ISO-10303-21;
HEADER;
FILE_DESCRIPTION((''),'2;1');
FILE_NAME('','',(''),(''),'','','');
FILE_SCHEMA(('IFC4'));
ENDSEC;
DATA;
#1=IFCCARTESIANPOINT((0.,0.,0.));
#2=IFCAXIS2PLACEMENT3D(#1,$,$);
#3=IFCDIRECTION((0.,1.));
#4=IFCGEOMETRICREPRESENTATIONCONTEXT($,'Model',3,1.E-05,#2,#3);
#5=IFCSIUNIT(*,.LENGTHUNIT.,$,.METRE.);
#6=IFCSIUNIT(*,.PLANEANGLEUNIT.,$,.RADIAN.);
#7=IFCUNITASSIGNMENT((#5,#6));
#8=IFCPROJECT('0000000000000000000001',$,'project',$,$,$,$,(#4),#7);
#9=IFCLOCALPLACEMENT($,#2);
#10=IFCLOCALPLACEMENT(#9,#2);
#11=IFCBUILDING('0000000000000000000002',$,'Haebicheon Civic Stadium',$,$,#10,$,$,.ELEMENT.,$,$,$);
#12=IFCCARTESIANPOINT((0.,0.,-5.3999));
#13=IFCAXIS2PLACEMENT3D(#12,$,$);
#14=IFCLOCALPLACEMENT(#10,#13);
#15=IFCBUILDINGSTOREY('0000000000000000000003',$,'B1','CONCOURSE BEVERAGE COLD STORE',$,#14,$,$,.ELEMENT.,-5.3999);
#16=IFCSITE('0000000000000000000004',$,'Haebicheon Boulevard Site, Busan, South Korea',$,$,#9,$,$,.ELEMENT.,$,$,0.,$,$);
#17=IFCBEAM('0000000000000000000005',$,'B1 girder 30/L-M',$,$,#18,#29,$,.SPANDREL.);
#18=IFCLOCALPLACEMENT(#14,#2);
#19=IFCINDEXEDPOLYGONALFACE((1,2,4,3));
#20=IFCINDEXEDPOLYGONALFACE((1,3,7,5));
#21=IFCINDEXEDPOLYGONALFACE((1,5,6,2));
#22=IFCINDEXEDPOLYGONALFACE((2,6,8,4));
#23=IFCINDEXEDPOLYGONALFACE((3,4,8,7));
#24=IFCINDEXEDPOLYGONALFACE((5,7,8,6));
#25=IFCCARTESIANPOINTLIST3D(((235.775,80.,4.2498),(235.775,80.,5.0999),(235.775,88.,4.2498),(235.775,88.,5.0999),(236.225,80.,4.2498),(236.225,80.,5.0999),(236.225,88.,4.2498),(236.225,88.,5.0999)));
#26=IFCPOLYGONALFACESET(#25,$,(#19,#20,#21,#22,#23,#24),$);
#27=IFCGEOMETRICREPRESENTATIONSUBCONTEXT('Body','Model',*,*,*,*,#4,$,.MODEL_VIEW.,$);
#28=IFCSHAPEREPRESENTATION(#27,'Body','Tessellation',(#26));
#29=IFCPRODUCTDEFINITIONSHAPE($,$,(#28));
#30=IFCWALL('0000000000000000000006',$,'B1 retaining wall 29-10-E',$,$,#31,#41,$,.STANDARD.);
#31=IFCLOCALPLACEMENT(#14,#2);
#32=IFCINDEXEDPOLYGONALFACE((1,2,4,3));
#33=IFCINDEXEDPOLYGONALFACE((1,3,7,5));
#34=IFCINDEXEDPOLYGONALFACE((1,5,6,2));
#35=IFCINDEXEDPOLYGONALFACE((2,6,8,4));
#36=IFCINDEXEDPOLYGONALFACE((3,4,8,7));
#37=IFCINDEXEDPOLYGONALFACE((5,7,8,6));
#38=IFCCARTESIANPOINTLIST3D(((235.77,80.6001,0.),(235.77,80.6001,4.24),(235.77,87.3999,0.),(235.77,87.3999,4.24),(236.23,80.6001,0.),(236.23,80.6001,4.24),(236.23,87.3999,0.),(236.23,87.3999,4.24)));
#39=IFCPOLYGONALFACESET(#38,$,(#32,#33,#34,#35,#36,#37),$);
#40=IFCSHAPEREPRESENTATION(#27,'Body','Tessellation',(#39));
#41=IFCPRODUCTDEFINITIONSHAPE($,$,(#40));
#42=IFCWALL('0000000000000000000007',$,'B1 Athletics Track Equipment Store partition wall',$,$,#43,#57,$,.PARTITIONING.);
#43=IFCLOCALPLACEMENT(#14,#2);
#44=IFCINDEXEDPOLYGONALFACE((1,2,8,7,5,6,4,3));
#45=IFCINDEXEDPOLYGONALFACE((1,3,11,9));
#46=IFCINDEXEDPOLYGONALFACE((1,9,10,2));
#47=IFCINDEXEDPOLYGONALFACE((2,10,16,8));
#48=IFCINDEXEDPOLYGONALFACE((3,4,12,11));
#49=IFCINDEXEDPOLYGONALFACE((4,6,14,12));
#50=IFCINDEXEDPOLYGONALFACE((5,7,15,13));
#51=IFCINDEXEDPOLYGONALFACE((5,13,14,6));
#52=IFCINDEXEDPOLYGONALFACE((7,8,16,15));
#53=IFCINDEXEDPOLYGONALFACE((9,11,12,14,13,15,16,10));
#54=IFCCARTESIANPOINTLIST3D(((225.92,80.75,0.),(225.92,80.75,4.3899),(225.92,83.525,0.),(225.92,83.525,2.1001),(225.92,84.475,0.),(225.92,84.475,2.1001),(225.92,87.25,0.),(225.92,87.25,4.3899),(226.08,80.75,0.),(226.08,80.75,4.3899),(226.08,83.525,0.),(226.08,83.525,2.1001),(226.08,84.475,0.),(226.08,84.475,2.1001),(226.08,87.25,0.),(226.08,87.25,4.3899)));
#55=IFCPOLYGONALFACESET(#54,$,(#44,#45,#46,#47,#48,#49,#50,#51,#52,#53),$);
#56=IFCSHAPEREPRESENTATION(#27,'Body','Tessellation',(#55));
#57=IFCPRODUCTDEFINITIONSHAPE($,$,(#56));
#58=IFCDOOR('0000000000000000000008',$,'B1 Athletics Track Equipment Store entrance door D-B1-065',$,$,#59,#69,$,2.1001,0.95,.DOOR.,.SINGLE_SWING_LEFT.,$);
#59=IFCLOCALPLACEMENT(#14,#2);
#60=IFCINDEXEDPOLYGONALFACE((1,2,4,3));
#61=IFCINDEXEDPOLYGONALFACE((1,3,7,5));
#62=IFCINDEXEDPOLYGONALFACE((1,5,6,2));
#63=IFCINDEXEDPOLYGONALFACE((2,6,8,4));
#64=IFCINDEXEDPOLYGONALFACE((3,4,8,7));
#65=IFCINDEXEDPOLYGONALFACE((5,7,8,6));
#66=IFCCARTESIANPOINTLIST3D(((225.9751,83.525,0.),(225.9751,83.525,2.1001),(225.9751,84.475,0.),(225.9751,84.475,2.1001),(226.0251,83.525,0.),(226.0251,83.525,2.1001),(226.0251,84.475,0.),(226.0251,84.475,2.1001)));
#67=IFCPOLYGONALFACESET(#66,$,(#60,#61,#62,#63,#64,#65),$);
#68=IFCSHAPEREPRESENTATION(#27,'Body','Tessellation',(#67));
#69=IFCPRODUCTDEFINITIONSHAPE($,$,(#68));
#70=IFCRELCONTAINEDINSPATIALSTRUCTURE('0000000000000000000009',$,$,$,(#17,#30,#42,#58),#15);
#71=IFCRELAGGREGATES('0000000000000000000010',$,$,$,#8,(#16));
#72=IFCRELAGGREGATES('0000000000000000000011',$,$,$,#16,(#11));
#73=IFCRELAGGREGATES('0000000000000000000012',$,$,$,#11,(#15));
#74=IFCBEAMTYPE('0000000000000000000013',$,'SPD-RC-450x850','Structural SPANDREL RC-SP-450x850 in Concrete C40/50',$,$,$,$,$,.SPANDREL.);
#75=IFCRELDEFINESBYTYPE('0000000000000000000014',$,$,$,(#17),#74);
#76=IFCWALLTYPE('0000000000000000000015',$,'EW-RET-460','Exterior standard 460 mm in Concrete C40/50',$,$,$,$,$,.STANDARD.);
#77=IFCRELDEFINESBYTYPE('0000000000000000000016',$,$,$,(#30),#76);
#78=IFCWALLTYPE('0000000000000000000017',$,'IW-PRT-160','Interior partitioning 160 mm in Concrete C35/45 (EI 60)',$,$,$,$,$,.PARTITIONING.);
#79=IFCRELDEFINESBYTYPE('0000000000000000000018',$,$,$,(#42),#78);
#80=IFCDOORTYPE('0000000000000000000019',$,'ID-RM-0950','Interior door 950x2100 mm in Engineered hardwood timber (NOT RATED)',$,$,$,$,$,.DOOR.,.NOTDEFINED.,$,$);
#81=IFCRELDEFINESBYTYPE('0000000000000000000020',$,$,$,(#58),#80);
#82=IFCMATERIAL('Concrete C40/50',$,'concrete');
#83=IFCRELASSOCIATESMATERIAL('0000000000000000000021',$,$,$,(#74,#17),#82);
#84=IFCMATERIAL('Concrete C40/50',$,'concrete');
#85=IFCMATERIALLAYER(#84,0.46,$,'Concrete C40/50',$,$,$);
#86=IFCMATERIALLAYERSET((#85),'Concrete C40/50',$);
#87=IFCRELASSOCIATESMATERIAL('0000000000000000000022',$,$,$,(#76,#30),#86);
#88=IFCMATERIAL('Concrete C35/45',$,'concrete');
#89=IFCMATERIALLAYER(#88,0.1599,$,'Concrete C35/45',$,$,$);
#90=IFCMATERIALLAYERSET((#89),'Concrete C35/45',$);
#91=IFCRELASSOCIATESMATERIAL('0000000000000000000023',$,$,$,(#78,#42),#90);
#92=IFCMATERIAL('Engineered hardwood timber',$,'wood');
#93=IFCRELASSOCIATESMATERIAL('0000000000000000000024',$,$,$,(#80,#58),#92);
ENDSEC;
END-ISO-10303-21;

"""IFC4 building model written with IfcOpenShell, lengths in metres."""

from ifc_helpers import new_model, si_unit, direction, frame, frame_2d, origin, origin_2d, place, context, subcontext, project, spatial, rectangle, extrude, material, layer, layer_set, material_profile, profile_set, type_object, element, fill, save


model = new_model("IFC4")

# Units and contexts
model_context = context("Model", 3, precision=1e-05, world=origin(), true_north=direction((0.0, 1.0)))
body_context = subcontext(model_context, "Body", "Model", "MODEL_VIEW")
ifc_project = project(units=[si_unit("LENGTHUNIT", "METRE"), si_unit("PLANEANGLEUNIT", "RADIAN")], contexts=[model_context])

# Site, building, storey
site_placement = place(None, origin())
site = spatial("IfcSite", under=ifc_project, at=site_placement, Name="Haebicheon Boulevard Site, Busan, South Korea", CompositionType="ELEMENT", RefElevation=0.0)
building_placement = place(site_placement, origin())
building = spatial("IfcBuilding", under=site, at=building_placement, Name="Haebicheon Civic Stadium", CompositionType="ELEMENT")
storey_placement = place(building_placement, frame((0.0, 0.0, -5.3999)))
storey = spatial("IfcBuildingStorey", under=building, at=storey_placement, Name="B1", Description="CONCOURSE BEVERAGE COLD STORE", CompositionType="ELEMENT", Elevation=-5.3999)

# Beam
ifc_material_1 = material(Name="Concrete C40/50", Category="concrete")
ifc_material_profile_1 = material_profile(ifc_material_1, rectangle(XDim=0.45, YDim=0.8501, at=origin_2d()), Name="RC-SP-450x850")
ifc_profile_set_1 = profile_set([ifc_material_profile_1], Name="Concrete C40/50")
beam_type_1 = type_object("IfcBeamType", Name="SPD-RC-450x850", Description="Structural SPANDREL RC-SP-450x850 in Concrete C40/50", PredefinedType="SPANDREL", material=ifc_profile_set_1)
beam_1_placement = place(storey_placement, frame((236.0, 80.0, 4.6748), z_axis=(0.0, 1.0, 0.0), x_axis=(-1.0, 0.0, 0.0)))
element("IfcBeam", 1, at=beam_1_placement, inside=storey, type_object=beam_type_1, material=ifc_profile_set_1, Name="B1 girder 30/L-M", PredefinedType="SPANDREL", context=body_context, shape_type="SweptSolid", body=[
    extrude(rectangle(XDim=0.45, YDim=0.8501, at=origin_2d()), origin(), (0.0, 0.0, 1.0), 8.0),
])

# Wall
ifc_material_2 = material(Name="Concrete C40/50", Category="concrete")
ifc_layer_1 = layer(ifc_material_2, 0.46, Name="Concrete C40/50")
ifc_layer_set_1 = layer_set([ifc_layer_1], Name="Concrete C40/50")
wall_type_1 = type_object("IfcWallType", Name="EW-RET-460", Description="Exterior standard 460 mm in Concrete C40/50", PredefinedType="STANDARD", material=ifc_layer_set_1)
wall_1_placement = place(storey_placement, frame((236.0, 80.6001, 0.0), z_axis=(0.0, 0.0, 1.0), x_axis=(0.0, 1.0, 0.0)))
element("IfcWall", 2, at=wall_1_placement, inside=storey, type_object=wall_type_1, material=ifc_layer_set_1, Name="B1 retaining wall 29-10-E", PredefinedType="STANDARD", context=body_context, shape_type="SweptSolid", body=[
    extrude(rectangle(XDim=6.7998, YDim=0.46, at=frame_2d((3.3999, 0.0))), origin(), (0.0, 0.0, 1.0), 4.24),
])

# Wall, opening, door
ifc_material_3 = material(Name="Concrete C35/45", Category="concrete")
ifc_layer_2 = layer(ifc_material_3, 0.1599, Name="Concrete C35/45")
ifc_layer_set_2 = layer_set([ifc_layer_2], Name="Concrete C35/45")
wall_type_2 = type_object("IfcWallType", Name="IW-PRT-160", Description="Interior partitioning 160 mm in Concrete C35/45 (EI 60)", PredefinedType="PARTITIONING", material=ifc_layer_set_2)
wall_2_placement = place(storey_placement, frame((226.0, 80.75, 0.0), z_axis=(0.0, 0.0, 1.0), x_axis=(0.0, 1.0, 0.0)))
wall_2 = element("IfcWall", 3, at=wall_2_placement, inside=storey, type_object=wall_type_2, material=ifc_layer_set_2, Name="B1 Athletics Track Equipment Store partition wall", PredefinedType="PARTITIONING", context=body_context, shape_type="SweptSolid", body=[
    extrude(rectangle(XDim=6.5, YDim=0.1599, at=frame_2d((3.25, 0.0))), origin(), (0.0, 0.0, 1.0), 4.3899),
])
opening_placement = place(wall_2_placement, frame((2.7749, 0.0, 0.0)))
opening = element("IfcOpeningElement", 4, at=opening_placement, cuts=wall_2, PredefinedType="OPENING", context=body_context, shape_type="SweptSolid", body=[
    extrude(rectangle(XDim=0.95, YDim=2.1001, at=frame_2d((0.4751, 1.05))), frame((0.0, 0.0898, 0.0), z_axis=(0.0, -1.0, 0.0), x_axis=(1.0, 0.0, 0.0)), (0.0, 0.0, 1.0), 0.1799),
])
ifc_material_4 = material(Name="Engineered hardwood timber", Category="wood")
door_type = type_object("IfcDoorType", Name="ID-RM-0950", Description="Interior door 950x2100 mm in Engineered hardwood timber (NOT RATED)", OperationType="NOTDEFINED", PredefinedType="DOOR", material=ifc_material_4)
door_placement = place(opening_placement, origin())
door = element("IfcDoor", 5, at=door_placement, inside=storey, type_object=door_type, material=ifc_material_4, Name="B1 Athletics Track Equipment Store entrance door D-B1-065", OperationType="SINGLE_SWING_LEFT", OverallHeight=2.1001, OverallWidth=0.95, PredefinedType="DOOR", context=body_context, shape_type="SweptSolid", body=[
    extrude(rectangle(XDim=0.95, YDim=2.1001, at=frame_2d((0.4751, 1.05))), frame((0.0, 0.0249, 0.0), z_axis=(0.0, -1.0, 0.0), x_axis=(1.0, 0.0, 0.0)), (0.0, 0.0, 1.0), 0.05),
])
fill(opening, door)

save(model, "model.ifc")
